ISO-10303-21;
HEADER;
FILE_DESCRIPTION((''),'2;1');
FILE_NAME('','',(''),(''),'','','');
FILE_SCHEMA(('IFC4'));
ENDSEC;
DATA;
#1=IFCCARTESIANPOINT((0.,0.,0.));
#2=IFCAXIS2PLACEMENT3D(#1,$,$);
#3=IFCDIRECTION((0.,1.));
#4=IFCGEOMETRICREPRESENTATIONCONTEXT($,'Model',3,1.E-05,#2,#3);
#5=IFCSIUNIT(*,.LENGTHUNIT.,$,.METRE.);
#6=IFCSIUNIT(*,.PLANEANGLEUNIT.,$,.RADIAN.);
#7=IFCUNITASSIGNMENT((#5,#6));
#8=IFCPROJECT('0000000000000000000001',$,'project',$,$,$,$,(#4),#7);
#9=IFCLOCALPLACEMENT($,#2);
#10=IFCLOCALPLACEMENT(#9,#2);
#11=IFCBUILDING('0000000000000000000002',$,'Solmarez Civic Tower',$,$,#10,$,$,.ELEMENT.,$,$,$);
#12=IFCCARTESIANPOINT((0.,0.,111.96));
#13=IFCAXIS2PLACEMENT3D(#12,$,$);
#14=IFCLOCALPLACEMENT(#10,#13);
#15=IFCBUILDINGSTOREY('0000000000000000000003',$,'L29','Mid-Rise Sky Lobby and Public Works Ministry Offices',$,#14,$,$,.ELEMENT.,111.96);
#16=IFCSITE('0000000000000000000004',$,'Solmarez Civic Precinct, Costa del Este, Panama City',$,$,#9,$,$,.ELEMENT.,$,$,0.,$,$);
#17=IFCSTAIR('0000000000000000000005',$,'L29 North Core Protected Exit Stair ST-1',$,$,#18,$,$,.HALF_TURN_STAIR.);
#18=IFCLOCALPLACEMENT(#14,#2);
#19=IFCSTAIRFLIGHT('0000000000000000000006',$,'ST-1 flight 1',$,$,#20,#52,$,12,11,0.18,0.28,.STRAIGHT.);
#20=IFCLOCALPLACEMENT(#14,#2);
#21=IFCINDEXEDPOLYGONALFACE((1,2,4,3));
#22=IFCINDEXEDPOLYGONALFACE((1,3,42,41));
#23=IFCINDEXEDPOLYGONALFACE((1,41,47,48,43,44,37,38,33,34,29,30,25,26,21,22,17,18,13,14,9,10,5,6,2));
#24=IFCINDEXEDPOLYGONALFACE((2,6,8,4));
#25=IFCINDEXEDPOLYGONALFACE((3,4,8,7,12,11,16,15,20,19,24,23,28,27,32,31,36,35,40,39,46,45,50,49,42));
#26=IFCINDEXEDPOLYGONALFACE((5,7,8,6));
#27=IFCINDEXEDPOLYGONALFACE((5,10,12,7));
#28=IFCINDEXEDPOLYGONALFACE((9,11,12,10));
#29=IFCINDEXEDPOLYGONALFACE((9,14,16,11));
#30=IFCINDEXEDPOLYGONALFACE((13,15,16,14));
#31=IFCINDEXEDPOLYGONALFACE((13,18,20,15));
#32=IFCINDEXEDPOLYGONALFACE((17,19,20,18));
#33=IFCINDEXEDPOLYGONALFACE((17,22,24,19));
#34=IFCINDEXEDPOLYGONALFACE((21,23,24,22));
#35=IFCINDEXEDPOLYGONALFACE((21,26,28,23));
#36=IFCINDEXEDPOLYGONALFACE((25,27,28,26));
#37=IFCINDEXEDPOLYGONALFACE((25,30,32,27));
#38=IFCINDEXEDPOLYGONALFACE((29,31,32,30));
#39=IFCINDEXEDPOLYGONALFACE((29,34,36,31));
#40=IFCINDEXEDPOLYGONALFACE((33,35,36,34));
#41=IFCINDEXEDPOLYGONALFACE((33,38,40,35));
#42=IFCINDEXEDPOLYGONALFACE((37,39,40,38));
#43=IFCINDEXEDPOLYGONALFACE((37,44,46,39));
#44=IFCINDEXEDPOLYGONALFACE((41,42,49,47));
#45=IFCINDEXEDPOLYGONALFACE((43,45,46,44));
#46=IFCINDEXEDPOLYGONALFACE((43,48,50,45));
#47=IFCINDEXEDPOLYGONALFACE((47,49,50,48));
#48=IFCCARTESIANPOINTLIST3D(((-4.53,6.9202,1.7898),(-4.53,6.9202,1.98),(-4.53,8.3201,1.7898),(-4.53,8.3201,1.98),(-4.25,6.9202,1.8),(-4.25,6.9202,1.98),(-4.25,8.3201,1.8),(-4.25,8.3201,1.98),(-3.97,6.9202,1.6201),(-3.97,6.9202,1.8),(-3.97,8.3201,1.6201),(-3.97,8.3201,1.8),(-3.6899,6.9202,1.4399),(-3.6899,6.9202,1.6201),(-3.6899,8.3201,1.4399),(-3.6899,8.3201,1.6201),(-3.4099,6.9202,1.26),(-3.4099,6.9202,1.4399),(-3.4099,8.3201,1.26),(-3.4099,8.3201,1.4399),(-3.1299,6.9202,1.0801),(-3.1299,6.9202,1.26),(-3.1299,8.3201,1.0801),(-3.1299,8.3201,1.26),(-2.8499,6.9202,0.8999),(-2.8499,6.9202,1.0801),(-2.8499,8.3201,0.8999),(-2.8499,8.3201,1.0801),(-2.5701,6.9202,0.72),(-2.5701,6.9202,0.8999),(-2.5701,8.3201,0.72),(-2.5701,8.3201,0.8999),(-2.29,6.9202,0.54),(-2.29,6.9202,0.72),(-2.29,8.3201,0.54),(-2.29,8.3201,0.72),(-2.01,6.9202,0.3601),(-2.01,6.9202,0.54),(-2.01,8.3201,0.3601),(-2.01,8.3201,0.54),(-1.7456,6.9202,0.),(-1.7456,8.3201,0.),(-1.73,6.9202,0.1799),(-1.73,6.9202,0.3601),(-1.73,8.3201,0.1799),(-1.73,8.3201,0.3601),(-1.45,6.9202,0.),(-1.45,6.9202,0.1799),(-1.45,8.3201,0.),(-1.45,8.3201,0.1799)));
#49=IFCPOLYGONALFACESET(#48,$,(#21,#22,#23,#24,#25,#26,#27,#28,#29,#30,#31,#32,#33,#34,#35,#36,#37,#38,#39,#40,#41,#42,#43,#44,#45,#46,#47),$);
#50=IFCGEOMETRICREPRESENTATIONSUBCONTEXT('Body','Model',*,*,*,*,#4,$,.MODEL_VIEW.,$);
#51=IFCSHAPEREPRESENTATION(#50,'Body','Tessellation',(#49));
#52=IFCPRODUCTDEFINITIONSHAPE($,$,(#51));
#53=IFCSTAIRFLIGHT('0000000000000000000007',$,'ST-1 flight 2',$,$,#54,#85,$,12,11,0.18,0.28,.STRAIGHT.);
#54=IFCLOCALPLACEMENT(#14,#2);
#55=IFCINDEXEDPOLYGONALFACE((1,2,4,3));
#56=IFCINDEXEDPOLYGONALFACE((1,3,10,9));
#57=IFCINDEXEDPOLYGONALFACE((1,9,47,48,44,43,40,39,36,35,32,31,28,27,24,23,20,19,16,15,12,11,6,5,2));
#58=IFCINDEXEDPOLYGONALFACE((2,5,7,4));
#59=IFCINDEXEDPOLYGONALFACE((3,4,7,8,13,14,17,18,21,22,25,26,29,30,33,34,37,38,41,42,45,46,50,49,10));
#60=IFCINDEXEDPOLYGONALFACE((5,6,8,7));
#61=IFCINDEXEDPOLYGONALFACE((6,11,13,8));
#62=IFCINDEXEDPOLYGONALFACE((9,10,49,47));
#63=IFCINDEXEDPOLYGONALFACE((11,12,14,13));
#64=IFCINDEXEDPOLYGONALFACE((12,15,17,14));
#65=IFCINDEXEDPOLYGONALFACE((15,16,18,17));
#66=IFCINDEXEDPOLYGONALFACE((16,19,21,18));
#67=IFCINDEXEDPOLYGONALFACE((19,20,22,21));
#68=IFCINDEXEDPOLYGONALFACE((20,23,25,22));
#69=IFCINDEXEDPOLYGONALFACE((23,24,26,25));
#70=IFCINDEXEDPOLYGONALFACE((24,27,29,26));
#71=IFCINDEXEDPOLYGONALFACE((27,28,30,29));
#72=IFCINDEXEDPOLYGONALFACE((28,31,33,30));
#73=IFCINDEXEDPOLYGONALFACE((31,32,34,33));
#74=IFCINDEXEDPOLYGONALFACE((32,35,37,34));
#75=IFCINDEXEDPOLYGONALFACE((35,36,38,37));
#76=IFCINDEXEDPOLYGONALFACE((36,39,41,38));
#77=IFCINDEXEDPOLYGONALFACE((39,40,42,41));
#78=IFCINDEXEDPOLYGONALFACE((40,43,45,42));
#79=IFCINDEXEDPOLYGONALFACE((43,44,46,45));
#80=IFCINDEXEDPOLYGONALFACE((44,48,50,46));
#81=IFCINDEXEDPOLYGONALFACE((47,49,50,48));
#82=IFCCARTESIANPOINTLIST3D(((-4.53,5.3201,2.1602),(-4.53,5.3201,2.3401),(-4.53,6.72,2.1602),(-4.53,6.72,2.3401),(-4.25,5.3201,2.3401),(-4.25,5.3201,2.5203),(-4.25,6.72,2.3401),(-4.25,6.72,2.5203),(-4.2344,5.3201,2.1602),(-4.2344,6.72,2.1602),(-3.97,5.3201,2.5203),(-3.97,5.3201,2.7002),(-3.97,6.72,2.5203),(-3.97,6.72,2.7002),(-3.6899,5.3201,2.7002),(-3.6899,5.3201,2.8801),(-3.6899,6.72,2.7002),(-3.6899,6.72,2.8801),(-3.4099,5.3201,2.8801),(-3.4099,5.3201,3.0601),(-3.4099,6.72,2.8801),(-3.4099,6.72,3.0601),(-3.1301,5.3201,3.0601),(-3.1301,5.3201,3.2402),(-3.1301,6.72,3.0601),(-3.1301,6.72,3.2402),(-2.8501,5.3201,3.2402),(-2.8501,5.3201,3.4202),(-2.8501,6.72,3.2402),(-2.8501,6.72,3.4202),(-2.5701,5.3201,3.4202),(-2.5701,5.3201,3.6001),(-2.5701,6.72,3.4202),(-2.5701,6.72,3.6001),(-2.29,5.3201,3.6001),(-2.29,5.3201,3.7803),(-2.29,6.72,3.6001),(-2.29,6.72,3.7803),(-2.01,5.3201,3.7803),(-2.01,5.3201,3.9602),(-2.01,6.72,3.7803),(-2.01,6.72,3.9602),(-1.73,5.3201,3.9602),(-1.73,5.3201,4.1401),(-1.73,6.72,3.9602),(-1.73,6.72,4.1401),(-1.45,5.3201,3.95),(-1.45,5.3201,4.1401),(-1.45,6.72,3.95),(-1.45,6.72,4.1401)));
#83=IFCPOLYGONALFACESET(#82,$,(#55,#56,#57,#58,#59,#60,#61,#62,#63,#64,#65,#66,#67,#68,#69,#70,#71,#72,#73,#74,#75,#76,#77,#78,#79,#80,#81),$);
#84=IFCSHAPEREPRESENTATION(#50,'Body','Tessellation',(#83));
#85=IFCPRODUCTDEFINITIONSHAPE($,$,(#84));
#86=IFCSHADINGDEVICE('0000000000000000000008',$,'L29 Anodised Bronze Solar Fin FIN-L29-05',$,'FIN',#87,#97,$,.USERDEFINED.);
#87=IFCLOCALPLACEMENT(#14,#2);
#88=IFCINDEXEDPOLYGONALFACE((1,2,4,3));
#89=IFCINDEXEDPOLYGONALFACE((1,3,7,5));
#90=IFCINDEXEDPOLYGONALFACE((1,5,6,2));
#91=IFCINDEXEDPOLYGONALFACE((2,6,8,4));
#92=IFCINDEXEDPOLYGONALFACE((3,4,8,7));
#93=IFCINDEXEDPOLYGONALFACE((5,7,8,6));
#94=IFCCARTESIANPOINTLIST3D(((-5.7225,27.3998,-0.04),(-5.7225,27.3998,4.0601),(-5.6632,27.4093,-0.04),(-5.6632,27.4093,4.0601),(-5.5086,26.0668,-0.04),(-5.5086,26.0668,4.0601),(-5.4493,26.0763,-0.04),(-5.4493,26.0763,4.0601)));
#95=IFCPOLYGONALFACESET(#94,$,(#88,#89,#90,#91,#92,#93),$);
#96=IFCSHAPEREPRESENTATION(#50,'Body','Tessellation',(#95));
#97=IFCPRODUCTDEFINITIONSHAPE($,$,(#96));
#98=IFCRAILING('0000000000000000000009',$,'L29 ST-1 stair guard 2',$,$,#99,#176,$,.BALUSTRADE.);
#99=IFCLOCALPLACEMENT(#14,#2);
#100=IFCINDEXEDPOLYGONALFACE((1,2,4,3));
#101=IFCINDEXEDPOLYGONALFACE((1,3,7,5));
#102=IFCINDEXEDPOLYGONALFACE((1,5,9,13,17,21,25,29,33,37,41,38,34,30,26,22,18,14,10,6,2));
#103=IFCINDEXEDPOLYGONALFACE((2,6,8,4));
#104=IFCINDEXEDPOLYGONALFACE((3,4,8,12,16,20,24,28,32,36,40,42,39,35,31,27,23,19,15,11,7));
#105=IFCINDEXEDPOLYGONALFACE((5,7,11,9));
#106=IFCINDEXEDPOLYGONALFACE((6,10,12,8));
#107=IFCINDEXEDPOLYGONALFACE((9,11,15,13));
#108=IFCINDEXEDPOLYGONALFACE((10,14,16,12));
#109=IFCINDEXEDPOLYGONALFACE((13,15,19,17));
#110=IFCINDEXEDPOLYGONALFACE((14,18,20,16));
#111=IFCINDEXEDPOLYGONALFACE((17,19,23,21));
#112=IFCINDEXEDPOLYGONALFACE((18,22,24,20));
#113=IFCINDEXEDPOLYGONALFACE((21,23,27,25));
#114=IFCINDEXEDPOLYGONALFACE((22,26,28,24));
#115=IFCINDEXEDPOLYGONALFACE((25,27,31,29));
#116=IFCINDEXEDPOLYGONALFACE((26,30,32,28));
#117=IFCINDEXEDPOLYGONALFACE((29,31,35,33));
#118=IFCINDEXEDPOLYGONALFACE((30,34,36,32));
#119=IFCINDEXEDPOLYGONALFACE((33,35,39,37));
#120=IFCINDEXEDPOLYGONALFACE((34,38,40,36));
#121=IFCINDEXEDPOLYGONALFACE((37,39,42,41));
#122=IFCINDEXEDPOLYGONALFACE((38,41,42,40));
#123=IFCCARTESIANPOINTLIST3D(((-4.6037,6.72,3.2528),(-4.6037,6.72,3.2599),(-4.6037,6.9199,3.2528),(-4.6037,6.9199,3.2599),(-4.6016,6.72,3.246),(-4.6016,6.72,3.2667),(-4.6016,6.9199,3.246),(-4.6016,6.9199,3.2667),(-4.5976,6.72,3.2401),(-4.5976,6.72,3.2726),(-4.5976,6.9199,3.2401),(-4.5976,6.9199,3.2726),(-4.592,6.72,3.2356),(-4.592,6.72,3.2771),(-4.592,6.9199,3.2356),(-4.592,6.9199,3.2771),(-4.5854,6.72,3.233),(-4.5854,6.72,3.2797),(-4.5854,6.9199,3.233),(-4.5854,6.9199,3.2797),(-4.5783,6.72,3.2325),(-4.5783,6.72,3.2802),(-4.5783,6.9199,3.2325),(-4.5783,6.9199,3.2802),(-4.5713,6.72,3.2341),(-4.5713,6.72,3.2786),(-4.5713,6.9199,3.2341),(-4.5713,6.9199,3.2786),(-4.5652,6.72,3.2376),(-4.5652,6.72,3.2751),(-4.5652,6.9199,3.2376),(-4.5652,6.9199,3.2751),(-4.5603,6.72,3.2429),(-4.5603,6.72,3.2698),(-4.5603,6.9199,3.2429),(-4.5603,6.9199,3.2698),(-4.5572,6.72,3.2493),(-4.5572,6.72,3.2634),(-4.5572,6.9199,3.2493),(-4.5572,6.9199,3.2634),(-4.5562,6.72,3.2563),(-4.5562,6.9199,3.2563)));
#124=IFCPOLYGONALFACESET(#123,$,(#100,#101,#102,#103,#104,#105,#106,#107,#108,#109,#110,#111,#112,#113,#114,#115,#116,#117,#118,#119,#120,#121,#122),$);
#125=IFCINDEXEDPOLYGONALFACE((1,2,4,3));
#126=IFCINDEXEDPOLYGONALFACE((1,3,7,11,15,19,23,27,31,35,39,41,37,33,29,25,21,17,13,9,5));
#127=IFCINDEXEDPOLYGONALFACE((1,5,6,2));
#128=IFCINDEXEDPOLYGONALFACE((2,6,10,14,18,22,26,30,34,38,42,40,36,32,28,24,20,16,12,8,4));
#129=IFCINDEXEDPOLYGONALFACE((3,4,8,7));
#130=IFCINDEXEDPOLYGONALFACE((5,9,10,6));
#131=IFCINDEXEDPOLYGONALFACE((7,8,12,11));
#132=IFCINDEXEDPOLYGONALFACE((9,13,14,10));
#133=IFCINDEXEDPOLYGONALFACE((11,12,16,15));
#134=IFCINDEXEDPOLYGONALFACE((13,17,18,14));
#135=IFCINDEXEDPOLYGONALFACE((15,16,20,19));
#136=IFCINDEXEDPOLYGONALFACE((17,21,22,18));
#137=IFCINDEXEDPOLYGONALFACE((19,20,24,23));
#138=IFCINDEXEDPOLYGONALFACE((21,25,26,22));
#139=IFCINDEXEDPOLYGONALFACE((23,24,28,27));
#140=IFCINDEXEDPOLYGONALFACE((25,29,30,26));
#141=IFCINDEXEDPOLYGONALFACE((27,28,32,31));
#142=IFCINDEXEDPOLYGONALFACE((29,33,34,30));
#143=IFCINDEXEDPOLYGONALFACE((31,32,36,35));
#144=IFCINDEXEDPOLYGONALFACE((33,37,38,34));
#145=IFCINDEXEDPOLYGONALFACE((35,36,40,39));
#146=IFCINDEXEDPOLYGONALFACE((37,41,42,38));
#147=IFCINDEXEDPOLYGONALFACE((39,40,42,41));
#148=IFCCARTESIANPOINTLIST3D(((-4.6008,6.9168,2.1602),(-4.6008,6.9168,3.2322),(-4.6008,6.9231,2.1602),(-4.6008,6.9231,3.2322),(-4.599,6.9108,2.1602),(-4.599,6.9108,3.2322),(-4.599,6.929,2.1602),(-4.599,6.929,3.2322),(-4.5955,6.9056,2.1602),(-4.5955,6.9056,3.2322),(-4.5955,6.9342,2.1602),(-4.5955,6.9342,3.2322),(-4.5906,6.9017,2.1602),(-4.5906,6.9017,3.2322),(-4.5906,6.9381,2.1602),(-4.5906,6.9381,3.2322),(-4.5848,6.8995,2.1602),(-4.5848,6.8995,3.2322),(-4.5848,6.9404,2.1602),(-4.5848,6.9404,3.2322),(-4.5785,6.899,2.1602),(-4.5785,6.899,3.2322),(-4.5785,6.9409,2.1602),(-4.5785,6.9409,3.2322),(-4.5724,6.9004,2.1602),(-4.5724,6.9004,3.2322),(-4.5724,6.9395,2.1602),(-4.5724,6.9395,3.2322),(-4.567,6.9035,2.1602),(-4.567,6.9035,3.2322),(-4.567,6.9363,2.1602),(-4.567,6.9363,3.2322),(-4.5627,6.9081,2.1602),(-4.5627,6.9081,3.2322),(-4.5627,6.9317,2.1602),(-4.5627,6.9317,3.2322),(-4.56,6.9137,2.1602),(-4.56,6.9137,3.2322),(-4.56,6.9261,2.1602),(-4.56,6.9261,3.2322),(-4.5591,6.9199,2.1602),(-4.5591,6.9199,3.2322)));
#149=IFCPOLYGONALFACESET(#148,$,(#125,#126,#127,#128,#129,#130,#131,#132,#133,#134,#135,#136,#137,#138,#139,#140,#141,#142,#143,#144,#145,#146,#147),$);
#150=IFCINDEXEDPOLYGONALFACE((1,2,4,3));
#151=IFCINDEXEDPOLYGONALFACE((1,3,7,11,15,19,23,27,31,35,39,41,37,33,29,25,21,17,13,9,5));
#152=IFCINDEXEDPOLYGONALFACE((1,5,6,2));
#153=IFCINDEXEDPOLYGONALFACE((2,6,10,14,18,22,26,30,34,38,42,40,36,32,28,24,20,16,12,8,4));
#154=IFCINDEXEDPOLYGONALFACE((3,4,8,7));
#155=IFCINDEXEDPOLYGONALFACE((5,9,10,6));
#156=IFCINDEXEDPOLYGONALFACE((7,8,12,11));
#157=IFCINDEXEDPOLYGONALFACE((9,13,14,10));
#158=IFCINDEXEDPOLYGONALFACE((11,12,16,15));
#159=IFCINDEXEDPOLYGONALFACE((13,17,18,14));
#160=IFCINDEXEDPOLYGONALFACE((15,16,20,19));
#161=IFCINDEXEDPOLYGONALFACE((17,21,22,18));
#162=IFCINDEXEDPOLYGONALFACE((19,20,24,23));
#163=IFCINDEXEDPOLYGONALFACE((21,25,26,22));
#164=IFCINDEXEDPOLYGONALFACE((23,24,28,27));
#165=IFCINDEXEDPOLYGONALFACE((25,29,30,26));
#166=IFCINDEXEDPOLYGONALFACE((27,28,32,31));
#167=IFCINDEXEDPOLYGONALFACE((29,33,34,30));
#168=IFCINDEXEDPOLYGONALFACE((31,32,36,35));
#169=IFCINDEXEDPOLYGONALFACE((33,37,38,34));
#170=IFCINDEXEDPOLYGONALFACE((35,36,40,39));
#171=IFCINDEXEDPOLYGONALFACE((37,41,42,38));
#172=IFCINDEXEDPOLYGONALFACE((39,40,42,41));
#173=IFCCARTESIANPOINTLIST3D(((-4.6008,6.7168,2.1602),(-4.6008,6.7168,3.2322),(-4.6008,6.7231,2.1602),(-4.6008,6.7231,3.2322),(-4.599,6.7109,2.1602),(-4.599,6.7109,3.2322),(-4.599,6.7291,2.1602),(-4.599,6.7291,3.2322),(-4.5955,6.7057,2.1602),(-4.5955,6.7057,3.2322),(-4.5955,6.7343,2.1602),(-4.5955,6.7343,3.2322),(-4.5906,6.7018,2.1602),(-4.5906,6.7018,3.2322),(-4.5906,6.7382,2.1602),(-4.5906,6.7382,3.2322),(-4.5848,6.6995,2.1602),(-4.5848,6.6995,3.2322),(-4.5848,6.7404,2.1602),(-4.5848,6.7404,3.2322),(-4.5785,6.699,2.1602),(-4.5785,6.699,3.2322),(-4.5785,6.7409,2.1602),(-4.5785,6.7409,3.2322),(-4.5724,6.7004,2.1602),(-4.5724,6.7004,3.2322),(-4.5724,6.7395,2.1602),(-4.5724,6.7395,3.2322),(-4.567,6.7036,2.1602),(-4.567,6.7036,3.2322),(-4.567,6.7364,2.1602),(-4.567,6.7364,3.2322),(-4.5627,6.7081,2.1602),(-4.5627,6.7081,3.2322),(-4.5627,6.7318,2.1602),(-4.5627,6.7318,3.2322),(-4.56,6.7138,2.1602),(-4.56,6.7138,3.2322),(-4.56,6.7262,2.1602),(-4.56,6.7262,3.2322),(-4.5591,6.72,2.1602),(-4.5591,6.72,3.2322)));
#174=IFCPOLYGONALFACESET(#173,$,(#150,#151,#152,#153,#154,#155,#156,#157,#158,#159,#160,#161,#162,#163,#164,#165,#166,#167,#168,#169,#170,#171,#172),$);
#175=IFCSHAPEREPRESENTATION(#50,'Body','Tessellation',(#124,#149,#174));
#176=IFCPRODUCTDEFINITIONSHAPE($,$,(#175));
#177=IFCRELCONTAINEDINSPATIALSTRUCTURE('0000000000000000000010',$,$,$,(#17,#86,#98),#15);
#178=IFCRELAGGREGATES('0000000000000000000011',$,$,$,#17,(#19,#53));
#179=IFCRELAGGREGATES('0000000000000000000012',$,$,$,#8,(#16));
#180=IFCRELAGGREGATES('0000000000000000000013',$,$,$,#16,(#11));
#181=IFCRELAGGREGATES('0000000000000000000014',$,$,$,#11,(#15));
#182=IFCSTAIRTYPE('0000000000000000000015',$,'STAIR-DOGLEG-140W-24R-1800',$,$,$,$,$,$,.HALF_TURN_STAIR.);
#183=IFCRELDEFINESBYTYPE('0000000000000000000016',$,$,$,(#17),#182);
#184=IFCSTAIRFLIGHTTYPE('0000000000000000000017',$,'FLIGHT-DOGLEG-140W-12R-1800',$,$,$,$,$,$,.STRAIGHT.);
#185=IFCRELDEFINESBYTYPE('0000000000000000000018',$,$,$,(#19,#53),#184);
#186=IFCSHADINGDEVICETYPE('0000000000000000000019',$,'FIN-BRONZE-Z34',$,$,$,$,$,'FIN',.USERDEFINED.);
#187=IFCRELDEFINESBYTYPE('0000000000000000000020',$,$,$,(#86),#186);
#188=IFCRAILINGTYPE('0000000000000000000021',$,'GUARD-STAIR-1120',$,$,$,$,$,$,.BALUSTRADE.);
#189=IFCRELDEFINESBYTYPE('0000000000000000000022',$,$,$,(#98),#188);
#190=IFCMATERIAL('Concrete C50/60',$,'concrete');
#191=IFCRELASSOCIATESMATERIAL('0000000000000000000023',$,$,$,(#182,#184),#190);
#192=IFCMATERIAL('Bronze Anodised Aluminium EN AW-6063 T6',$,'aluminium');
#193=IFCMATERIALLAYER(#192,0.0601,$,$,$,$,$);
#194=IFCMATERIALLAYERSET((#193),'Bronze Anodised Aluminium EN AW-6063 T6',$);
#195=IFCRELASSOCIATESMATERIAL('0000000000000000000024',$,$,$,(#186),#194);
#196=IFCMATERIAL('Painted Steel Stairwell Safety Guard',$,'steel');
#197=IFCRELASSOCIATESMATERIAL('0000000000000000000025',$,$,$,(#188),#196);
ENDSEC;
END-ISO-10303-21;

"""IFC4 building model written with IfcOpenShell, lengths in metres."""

from ifc_helpers import new_model, si_unit, direction, frame, origin, origin_2d, place, context, subcontext, project, spatial, polyline, rectangle, circle, outline, extrude, material, layer, layer_set, type_object, element, aggregate, save


model = new_model("IFC4")

# Units and contexts
model_context = context("Model", 3, precision=1e-05, world=origin(), true_north=direction((0.0, 1.0)))
body_context = subcontext(model_context, "Body", "Model", "MODEL_VIEW")
ifc_project = project(units=[si_unit("LENGTHUNIT", "METRE"), si_unit("PLANEANGLEUNIT", "RADIAN")], contexts=[model_context])

# Site, building, storey
site_placement = place(None, origin())
site = spatial("IfcSite", under=ifc_project, at=site_placement, Name="Solmarez Civic Precinct, Costa del Este, Panama City", CompositionType="ELEMENT", RefElevation=0.0)
building_placement = place(site_placement, origin())
building = spatial("IfcBuilding", under=site, at=building_placement, Name="Solmarez Civic Tower", CompositionType="ELEMENT")
storey_placement = place(building_placement, frame((0.0, 0.0, 111.96)))
storey = spatial("IfcBuildingStorey", under=building, at=storey_placement, Name="L29", Description="Mid-Rise Sky Lobby and Public Works Ministry Offices", CompositionType="ELEMENT", Elevation=111.96)

# Shared definitions
ifc_material_1 = material(Name="Concrete C50/60", Category="concrete")

# Shared definitions
ifc_material_2 = material(Name="Bronze Anodised Aluminium EN AW-6063 T6", Category="aluminium")

# Stair, stair flights
stair_type = type_object("IfcStairType", Name="STAIR-DOGLEG-140W-24R-1800", PredefinedType="HALF_TURN_STAIR", material=ifc_material_1)
stair_placement = place(storey_placement, origin())
stair = element("IfcStair", 1, at=stair_placement, inside=storey, type_object=stair_type, Name="L29 North Core Protected Exit Stair ST-1", PredefinedType="HALF_TURN_STAIR")
stair_flight_type = type_object("IfcStairFlightType", Name="FLIGHT-DOGLEG-140W-12R-1800", PredefinedType="STRAIGHT", material=ifc_material_1)
stair_flight_1_placement = place(storey_placement, frame((-1.45, 7.6201, 0.0), z_axis=(0.0, 0.0, 1.0), x_axis=(-1.0, 0.0, 0.0)))
stair_flight_1 = element("IfcStairFlight", 2, at=stair_flight_1_placement, type_object=stair_flight_type, Name="ST-1 flight 1", NumberOfRisers=12, NumberOfTreads=11, PredefinedType="STRAIGHT", RiserHeight=0.18, TreadLength=0.28, context=body_context, shape_type="SweptSolid", body=[
    extrude(outline(polyline([(0.0, 0.0), (0.0, 0.1799), (0.28, 0.1799), (0.28, 0.3601), (0.5601, 0.3601), (0.5601, 0.54), (0.8401, 0.54), (0.8401, 0.72), (1.1201, 0.72), (1.1201, 0.8999), (1.3999, 0.8999), (1.3999, 1.0801), (1.6799, 1.0801), (1.6799, 1.26), (1.96, 1.26), (1.96, 1.4399), (2.24, 1.4399), (2.24, 1.6201), (2.52, 1.6201), (2.52, 1.8), (2.8, 1.8), (2.8, 1.98), (3.0801, 1.98), (3.0801, 2.1599), (3.0801, 1.7898), (0.2957, 0.0), (0.0, 0.0)])), frame((0.0, 0.7, 0.0), z_axis=(0.0, -1.0, 0.0), x_axis=(1.0, 0.0, 0.0)), (0.0, 0.0, 1.0), 1.3999),
])
stair_flight_2_placement = place(storey_placement, frame((-4.53, 6.02, 2.1602), z_axis=(0.0, 0.0, 1.0), x_axis=(1.0, 0.0, 0.0)))
stair_flight_2 = element("IfcStairFlight", 3, at=stair_flight_2_placement, type_object=stair_flight_type, Name="ST-1 flight 2", NumberOfRisers=12, NumberOfTreads=11, PredefinedType="STRAIGHT", RiserHeight=0.18, TreadLength=0.28, context=body_context, shape_type="SweptSolid", body=[
    extrude(outline(polyline([(0.0, 0.0), (0.0, 0.1799), (0.28, 0.1799), (0.28, 0.3601), (0.5601, 0.3601), (0.5601, 0.54), (0.8401, 0.54), (0.8401, 0.72), (1.1201, 0.72), (1.1201, 0.8999), (1.3999, 0.8999), (1.3999, 1.0801), (1.6799, 1.0801), (1.6799, 1.26), (1.96, 1.26), (1.96, 1.4399), (2.24, 1.4399), (2.24, 1.6201), (2.52, 1.6201), (2.52, 1.8), (2.8, 1.8), (2.8, 1.98), (3.0801, 1.98), (3.0801, 2.1599), (3.0801, 1.7898), (0.2957, 0.0), (0.0, 0.0)])), frame((0.0, 0.7, 0.0), z_axis=(0.0, -1.0, 0.0), x_axis=(1.0, 0.0, 0.0)), (0.0, 0.0, 1.0), 1.3999),
])
aggregate(stair, [stair_flight_1, stair_flight_2])

# Shading device
ifc_layer_1 = layer(ifc_material_2, 0.0601)
ifc_layer_set_1 = layer_set([ifc_layer_1], Name="Bronze Anodised Aluminium EN AW-6063 T6")
shading_device_type = type_object("IfcShadingDeviceType", Name="FIN-BRONZE-Z34", ElementType="FIN", PredefinedType="USERDEFINED", material=ifc_layer_set_1)
shading_device_placement = place(storey_placement, frame((-5.5859, 26.738, -0.04), z_axis=(0.0, 0.0, 1.0), x_axis=(-0.158451, 0.987367, 0.0)))
element("IfcShadingDevice", 4, at=shading_device_placement, inside=storey, type_object=shading_device_type, Name="L29 Anodised Bronze Solar Fin FIN-L29-05", ObjectType="FIN", PredefinedType="USERDEFINED", context=body_context, shape_type="SweptSolid", body=[
    extrude(rectangle(XDim=1.3501, YDim=0.0601, at=origin_2d()), origin(), (0.0, 0.0, 1.0), 4.1001),
])

# Railing
ifc_material_3 = material(Name="Painted Steel Stairwell Safety Guard", Category="steel")
railing_type_1 = type_object("IfcRailingType", Name="GUARD-STAIR-1120", PredefinedType="BALUSTRADE", material=ifc_material_3)
railing_1_placement = place(storey_placement, frame((-4.5801, 6.9199, 2.1602)))
element("IfcRailing", 5, at=railing_1_placement, inside=storey, type_object=railing_type_1, Name="L29 ST-1 stair guard 2", PredefinedType="BALUSTRADE", context=body_context, shape_type="SweptSolid", body=[
    extrude(circle(Radius=0.0239, at=origin_2d()), frame((0.0, 0.0, 1.0962), z_axis=(0.0, -1.0, 0.0), x_axis=(1.0, 0.0, 0.0)), (0.0, 0.0, 1.0), 0.2),
    extrude(circle(Radius=0.021, at=origin_2d()), origin(), (0.0, 0.0, 1.0), 1.072),
    extrude(circle(Radius=0.021, at=origin_2d()), frame((0.0, -0.2, 0.0)), (0.0, 0.0, 1.0), 1.072),
])

save(model, "model.ifc")
